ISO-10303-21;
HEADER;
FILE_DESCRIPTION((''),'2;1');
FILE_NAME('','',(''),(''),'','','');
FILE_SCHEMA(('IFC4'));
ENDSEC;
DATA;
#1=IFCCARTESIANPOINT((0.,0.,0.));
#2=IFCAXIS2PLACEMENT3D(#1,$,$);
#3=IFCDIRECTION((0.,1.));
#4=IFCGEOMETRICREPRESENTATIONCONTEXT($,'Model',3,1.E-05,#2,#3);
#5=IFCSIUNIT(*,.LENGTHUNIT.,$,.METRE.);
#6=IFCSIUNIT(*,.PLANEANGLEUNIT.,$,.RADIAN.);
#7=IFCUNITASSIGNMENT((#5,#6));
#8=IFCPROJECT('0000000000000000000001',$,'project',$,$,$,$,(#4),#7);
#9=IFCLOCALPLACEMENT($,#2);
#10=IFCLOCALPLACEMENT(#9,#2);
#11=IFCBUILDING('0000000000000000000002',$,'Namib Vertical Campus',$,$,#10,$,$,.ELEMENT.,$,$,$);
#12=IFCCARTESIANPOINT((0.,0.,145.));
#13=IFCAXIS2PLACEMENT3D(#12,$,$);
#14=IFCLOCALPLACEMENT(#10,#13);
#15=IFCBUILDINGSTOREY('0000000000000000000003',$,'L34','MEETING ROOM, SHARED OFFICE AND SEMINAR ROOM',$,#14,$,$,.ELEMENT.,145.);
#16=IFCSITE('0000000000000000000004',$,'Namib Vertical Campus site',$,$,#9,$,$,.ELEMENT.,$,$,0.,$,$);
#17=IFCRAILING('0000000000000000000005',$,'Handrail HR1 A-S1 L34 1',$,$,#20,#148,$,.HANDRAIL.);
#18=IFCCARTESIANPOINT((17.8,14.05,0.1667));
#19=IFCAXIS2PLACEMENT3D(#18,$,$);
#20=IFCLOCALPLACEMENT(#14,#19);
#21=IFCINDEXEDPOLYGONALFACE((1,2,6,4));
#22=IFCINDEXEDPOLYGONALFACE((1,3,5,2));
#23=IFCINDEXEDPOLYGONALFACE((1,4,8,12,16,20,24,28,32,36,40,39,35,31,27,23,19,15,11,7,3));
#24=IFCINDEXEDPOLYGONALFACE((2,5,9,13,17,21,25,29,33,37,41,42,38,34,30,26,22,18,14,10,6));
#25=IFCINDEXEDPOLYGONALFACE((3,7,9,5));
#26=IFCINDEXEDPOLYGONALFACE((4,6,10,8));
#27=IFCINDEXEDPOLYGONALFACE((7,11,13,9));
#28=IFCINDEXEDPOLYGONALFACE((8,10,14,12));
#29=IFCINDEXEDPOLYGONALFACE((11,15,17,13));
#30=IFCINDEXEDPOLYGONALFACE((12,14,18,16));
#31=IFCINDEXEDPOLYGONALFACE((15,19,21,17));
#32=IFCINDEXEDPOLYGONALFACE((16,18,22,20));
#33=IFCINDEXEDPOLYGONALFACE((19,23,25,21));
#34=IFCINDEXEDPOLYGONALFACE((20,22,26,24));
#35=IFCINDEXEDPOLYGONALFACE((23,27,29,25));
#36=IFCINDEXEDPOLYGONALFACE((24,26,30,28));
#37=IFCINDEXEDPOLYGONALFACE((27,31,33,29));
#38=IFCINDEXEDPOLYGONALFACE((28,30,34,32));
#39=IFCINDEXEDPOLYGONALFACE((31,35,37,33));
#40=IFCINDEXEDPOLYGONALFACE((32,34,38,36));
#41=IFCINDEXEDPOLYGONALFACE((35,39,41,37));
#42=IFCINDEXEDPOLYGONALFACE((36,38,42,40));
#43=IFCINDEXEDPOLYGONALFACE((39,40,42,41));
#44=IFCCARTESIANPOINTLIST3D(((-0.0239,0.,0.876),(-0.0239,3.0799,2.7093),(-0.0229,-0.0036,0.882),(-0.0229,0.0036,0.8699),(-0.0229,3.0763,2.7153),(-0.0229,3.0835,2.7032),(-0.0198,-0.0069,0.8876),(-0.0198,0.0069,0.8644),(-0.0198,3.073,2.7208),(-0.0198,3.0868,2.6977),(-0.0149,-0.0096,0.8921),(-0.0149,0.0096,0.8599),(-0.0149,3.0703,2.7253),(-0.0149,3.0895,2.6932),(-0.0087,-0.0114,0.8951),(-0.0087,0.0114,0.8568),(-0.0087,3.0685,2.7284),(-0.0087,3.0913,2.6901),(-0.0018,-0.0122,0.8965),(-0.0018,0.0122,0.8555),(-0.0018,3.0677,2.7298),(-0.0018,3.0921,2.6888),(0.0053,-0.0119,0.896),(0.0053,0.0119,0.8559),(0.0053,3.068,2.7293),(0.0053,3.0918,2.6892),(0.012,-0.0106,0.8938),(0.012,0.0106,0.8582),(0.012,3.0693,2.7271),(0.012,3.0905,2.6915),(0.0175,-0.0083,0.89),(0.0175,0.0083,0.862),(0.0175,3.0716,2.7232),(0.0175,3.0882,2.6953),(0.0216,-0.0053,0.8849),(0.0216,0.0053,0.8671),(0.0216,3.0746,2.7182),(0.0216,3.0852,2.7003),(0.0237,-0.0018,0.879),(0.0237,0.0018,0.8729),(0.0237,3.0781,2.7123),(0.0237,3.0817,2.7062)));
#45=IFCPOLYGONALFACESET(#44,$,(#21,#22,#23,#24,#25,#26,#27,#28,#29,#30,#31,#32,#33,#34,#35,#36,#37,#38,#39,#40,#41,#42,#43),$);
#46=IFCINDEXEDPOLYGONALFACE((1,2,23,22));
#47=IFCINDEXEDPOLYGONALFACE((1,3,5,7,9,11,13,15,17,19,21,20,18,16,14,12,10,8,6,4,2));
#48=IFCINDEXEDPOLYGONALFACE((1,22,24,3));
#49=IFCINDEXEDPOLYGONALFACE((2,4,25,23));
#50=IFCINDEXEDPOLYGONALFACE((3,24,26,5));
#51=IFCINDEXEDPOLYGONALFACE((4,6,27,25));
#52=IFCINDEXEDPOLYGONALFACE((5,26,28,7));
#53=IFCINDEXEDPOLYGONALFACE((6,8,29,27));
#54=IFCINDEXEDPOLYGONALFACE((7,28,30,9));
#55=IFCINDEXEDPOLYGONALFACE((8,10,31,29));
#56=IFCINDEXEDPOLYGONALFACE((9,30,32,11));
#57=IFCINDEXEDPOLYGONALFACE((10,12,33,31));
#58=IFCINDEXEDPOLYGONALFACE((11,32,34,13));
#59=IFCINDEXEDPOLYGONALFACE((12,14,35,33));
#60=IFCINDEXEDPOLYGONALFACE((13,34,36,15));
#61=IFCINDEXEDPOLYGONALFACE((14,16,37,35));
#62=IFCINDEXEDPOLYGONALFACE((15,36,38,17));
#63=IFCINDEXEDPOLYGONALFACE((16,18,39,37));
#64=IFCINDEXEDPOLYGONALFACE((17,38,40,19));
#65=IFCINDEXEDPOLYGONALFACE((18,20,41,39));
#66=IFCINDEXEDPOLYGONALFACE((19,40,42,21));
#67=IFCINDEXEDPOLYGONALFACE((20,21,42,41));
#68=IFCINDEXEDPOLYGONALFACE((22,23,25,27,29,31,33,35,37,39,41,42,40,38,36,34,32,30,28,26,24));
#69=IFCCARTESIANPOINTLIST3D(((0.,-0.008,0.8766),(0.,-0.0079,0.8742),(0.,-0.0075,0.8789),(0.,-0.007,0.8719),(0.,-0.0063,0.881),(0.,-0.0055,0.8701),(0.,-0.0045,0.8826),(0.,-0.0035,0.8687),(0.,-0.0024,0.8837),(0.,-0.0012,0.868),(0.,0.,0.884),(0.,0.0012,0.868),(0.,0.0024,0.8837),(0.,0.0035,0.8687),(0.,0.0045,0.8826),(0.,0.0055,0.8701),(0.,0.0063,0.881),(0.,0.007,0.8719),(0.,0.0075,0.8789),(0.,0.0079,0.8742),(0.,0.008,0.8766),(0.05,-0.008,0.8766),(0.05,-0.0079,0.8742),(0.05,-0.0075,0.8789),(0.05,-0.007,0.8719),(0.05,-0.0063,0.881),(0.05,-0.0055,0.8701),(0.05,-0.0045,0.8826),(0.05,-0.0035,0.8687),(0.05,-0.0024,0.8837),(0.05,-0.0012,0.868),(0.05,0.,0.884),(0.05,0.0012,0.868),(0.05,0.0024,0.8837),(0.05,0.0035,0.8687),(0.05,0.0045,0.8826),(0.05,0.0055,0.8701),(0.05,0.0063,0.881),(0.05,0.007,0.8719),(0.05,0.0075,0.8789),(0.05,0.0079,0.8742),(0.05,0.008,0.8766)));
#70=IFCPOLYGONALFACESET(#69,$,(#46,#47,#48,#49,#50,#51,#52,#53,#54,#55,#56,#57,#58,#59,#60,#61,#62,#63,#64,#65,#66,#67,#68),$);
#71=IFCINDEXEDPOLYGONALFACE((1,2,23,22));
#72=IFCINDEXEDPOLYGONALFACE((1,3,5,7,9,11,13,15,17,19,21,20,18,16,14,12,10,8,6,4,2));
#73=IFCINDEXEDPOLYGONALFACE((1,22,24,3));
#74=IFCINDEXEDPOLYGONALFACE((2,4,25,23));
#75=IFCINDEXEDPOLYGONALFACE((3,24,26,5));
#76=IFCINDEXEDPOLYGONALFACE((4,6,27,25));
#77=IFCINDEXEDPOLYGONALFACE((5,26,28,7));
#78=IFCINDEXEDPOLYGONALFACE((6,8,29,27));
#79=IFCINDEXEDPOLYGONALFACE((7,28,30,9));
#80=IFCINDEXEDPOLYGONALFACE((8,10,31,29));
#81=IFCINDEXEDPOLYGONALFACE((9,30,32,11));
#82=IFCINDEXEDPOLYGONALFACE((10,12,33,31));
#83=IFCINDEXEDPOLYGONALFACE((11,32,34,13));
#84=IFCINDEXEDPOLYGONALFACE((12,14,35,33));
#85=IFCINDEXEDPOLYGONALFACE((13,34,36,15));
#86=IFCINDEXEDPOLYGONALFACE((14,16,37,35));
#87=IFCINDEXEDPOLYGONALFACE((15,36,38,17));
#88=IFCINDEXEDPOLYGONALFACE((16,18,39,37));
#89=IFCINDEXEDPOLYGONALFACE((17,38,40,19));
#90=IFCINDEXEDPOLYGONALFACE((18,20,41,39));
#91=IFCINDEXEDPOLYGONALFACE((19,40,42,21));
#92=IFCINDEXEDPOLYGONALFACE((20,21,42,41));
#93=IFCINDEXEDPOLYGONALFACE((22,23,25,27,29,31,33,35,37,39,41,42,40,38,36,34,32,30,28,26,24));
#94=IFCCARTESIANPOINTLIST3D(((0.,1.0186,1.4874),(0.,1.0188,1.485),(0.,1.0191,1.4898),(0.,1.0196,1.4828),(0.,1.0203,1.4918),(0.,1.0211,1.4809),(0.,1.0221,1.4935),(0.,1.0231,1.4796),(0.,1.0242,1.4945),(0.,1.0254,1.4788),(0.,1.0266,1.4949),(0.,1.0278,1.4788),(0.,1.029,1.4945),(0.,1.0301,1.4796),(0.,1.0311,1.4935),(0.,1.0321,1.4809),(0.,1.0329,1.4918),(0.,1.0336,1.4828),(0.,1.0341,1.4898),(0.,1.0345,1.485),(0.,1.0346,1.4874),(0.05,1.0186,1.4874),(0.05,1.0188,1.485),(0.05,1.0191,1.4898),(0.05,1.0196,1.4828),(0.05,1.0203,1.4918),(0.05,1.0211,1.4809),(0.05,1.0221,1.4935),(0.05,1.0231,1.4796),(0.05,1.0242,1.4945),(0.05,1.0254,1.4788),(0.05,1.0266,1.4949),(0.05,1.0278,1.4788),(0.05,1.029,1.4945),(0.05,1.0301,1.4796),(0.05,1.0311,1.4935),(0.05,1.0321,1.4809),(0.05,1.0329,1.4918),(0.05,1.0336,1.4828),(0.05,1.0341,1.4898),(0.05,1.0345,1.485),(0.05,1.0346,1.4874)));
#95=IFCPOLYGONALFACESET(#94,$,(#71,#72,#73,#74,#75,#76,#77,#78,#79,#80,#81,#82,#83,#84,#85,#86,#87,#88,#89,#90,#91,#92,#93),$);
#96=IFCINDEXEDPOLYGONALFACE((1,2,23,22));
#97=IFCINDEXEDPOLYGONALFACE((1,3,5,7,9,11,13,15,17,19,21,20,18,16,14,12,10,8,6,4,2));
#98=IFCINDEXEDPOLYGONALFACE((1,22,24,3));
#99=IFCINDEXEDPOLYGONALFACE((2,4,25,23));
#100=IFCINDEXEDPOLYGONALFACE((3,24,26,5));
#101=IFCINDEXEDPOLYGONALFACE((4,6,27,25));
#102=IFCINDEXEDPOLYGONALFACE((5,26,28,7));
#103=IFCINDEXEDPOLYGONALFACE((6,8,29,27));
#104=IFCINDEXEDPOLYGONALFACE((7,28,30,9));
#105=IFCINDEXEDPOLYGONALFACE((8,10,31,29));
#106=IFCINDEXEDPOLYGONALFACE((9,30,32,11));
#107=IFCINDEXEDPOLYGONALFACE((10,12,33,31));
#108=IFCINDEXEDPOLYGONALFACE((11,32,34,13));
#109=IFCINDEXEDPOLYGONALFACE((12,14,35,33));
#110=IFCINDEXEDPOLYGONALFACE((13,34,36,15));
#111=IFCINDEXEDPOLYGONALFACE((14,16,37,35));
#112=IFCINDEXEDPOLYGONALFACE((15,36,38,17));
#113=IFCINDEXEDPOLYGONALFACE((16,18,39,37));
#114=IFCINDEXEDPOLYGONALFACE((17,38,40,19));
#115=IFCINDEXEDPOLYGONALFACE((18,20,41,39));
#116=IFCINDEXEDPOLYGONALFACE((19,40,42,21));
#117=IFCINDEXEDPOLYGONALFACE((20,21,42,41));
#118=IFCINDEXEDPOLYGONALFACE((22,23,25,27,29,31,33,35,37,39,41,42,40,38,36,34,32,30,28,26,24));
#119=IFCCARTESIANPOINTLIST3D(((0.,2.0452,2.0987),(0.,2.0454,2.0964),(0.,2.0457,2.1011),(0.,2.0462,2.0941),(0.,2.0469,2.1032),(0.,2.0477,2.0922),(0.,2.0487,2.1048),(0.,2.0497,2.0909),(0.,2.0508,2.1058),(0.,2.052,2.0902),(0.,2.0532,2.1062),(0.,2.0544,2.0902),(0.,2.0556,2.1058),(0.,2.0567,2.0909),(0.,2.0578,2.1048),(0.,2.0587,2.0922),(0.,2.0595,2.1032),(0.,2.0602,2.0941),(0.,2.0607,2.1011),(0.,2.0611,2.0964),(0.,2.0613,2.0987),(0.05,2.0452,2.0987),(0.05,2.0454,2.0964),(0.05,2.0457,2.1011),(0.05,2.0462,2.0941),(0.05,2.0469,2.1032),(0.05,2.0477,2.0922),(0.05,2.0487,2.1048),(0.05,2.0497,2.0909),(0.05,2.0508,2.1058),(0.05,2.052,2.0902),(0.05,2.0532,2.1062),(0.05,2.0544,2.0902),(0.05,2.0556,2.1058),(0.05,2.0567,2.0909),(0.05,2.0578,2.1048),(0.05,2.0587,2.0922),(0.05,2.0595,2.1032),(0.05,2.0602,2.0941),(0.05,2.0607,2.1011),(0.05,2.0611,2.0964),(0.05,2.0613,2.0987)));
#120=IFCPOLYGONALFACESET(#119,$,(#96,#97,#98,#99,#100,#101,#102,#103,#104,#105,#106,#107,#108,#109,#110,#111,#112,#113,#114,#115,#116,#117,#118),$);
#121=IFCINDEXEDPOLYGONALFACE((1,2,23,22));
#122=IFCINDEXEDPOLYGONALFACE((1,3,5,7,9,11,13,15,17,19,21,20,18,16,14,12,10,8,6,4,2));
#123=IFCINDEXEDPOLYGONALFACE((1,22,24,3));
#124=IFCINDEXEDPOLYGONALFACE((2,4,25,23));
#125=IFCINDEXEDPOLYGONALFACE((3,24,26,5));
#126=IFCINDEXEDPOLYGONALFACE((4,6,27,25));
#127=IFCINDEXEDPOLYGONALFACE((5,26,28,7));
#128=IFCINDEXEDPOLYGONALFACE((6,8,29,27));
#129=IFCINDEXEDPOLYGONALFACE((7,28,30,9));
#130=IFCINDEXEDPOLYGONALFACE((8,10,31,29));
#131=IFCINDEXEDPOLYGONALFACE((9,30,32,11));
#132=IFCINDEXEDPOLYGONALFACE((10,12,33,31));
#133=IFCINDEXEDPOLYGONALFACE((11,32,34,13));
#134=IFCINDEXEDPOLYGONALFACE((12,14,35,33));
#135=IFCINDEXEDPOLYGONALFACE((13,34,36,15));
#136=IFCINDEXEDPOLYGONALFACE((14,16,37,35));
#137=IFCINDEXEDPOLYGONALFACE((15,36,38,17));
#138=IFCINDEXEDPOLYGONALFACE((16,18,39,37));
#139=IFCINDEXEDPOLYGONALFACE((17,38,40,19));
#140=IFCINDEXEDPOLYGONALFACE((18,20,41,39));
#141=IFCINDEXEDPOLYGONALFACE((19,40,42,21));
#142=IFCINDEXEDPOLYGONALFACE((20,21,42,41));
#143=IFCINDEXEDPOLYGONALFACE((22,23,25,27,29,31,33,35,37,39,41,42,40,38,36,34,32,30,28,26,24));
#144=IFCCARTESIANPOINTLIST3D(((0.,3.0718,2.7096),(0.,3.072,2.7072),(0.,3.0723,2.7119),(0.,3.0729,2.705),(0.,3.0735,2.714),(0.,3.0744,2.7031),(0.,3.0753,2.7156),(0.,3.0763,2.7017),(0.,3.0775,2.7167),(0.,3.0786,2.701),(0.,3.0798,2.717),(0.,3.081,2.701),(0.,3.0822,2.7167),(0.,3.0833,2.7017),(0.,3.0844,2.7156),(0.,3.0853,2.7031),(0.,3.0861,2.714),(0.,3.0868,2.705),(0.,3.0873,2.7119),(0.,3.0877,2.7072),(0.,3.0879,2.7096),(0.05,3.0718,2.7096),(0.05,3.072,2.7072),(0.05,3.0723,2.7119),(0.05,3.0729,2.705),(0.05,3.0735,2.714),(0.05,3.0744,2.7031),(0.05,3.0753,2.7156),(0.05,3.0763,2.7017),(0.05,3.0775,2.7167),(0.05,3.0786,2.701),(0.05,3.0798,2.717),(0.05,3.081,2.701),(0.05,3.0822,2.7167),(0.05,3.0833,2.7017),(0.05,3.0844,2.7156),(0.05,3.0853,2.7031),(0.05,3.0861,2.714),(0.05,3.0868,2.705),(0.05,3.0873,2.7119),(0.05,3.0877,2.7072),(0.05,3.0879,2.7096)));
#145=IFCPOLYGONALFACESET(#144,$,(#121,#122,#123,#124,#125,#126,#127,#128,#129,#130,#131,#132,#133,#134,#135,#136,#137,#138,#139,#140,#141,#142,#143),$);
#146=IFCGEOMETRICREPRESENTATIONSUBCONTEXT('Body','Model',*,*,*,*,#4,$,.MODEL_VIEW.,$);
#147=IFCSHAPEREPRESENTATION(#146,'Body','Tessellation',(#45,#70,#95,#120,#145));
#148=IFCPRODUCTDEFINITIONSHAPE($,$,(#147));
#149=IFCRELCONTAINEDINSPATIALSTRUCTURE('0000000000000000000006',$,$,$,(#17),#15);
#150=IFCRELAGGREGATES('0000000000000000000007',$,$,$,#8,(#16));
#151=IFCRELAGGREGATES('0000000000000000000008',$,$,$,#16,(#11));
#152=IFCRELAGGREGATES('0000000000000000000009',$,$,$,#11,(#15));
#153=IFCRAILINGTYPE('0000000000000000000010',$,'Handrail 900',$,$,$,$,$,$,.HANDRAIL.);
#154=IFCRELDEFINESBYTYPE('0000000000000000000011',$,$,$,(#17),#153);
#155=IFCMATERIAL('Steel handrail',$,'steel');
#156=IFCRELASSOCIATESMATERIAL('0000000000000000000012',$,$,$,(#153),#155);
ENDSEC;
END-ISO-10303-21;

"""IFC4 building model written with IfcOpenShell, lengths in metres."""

from ifc_helpers import new_model, si_unit, direction, frame, origin, origin_2d, place, context, subcontext, project, spatial, circle, extrude, material, type_object, element, save


model = new_model("IFC4")

# Units and contexts
model_context = context("Model", 3, precision=1e-05, world=origin(), true_north=direction((0.0, 1.0)))
body_context = subcontext(model_context, "Body", "Model", "MODEL_VIEW")
ifc_project = project(units=[si_unit("LENGTHUNIT", "METRE"), si_unit("PLANEANGLEUNIT", "RADIAN")], contexts=[model_context])

# Site, building, storey
site_placement = place(None, origin())
site = spatial("IfcSite", under=ifc_project, at=site_placement, Name="Namib Vertical Campus site", CompositionType="ELEMENT", RefElevation=0.0)
building_placement = place(site_placement, origin())
building = spatial("IfcBuilding", under=site, at=building_placement, Name="Namib Vertical Campus", CompositionType="ELEMENT")
storey_placement = place(building_placement, frame((0.0, 0.0, 145.0)))
storey = spatial("IfcBuildingStorey", under=building, at=storey_placement, Name="L34", Description="MEETING ROOM, SHARED OFFICE AND SEMINAR ROOM", CompositionType="ELEMENT", Elevation=145.0)

# Railing
ifc_material_1 = material(Name="Steel handrail", Category="steel")
railing_type_1 = type_object("IfcRailingType", Name="Handrail 900", PredefinedType="HANDRAIL", material=ifc_material_1)
railing_1_placement = place(storey_placement, frame((17.8, 14.05, 0.1667)))
element("IfcRailing", 1, at=railing_1_placement, inside=storey, type_object=railing_type_1, Name="Handrail HR1 A-S1 L34 1", PredefinedType="HANDRAIL", context=body_context, shape_type="SweptSolid", body=[
    extrude(circle(Radius=0.0239, at=origin_2d()), frame((0.0, 0.0, 0.876), z_axis=(0.0, 0.859291, 0.511487), x_axis=(-1.0, 0.0, 0.0)), (0.0, 0.0, 1.0), 3.5842),
    extrude(circle(Radius=0.0081, at=origin_2d()), frame((0.0, 0.0, 0.876), z_axis=(1.0, 0.0, 0.0), x_axis=(0.0, 0.0, 1.0)), (0.0, 0.0, 1.0), 0.05),
    extrude(circle(Radius=0.0081, at=origin_2d()), frame((0.0, 1.0266, 1.4868), z_axis=(1.0, 0.0, 0.0), x_axis=(0.0, 0.0, 1.0)), (0.0, 0.0, 1.0), 0.05),
    extrude(circle(Radius=0.0081, at=origin_2d()), frame((0.0, 2.0532, 2.0981), z_axis=(1.0, 0.0, 0.0), x_axis=(0.0, 0.0, 1.0)), (0.0, 0.0, 1.0), 0.05),
    extrude(circle(Radius=0.0081, at=origin_2d()), frame((0.0, 3.0798, 2.709), z_axis=(1.0, 0.0, 0.0), x_axis=(0.0, 0.0, 1.0)), (0.0, 0.0, 1.0), 0.05),
])

save(model, "model.ifc")
